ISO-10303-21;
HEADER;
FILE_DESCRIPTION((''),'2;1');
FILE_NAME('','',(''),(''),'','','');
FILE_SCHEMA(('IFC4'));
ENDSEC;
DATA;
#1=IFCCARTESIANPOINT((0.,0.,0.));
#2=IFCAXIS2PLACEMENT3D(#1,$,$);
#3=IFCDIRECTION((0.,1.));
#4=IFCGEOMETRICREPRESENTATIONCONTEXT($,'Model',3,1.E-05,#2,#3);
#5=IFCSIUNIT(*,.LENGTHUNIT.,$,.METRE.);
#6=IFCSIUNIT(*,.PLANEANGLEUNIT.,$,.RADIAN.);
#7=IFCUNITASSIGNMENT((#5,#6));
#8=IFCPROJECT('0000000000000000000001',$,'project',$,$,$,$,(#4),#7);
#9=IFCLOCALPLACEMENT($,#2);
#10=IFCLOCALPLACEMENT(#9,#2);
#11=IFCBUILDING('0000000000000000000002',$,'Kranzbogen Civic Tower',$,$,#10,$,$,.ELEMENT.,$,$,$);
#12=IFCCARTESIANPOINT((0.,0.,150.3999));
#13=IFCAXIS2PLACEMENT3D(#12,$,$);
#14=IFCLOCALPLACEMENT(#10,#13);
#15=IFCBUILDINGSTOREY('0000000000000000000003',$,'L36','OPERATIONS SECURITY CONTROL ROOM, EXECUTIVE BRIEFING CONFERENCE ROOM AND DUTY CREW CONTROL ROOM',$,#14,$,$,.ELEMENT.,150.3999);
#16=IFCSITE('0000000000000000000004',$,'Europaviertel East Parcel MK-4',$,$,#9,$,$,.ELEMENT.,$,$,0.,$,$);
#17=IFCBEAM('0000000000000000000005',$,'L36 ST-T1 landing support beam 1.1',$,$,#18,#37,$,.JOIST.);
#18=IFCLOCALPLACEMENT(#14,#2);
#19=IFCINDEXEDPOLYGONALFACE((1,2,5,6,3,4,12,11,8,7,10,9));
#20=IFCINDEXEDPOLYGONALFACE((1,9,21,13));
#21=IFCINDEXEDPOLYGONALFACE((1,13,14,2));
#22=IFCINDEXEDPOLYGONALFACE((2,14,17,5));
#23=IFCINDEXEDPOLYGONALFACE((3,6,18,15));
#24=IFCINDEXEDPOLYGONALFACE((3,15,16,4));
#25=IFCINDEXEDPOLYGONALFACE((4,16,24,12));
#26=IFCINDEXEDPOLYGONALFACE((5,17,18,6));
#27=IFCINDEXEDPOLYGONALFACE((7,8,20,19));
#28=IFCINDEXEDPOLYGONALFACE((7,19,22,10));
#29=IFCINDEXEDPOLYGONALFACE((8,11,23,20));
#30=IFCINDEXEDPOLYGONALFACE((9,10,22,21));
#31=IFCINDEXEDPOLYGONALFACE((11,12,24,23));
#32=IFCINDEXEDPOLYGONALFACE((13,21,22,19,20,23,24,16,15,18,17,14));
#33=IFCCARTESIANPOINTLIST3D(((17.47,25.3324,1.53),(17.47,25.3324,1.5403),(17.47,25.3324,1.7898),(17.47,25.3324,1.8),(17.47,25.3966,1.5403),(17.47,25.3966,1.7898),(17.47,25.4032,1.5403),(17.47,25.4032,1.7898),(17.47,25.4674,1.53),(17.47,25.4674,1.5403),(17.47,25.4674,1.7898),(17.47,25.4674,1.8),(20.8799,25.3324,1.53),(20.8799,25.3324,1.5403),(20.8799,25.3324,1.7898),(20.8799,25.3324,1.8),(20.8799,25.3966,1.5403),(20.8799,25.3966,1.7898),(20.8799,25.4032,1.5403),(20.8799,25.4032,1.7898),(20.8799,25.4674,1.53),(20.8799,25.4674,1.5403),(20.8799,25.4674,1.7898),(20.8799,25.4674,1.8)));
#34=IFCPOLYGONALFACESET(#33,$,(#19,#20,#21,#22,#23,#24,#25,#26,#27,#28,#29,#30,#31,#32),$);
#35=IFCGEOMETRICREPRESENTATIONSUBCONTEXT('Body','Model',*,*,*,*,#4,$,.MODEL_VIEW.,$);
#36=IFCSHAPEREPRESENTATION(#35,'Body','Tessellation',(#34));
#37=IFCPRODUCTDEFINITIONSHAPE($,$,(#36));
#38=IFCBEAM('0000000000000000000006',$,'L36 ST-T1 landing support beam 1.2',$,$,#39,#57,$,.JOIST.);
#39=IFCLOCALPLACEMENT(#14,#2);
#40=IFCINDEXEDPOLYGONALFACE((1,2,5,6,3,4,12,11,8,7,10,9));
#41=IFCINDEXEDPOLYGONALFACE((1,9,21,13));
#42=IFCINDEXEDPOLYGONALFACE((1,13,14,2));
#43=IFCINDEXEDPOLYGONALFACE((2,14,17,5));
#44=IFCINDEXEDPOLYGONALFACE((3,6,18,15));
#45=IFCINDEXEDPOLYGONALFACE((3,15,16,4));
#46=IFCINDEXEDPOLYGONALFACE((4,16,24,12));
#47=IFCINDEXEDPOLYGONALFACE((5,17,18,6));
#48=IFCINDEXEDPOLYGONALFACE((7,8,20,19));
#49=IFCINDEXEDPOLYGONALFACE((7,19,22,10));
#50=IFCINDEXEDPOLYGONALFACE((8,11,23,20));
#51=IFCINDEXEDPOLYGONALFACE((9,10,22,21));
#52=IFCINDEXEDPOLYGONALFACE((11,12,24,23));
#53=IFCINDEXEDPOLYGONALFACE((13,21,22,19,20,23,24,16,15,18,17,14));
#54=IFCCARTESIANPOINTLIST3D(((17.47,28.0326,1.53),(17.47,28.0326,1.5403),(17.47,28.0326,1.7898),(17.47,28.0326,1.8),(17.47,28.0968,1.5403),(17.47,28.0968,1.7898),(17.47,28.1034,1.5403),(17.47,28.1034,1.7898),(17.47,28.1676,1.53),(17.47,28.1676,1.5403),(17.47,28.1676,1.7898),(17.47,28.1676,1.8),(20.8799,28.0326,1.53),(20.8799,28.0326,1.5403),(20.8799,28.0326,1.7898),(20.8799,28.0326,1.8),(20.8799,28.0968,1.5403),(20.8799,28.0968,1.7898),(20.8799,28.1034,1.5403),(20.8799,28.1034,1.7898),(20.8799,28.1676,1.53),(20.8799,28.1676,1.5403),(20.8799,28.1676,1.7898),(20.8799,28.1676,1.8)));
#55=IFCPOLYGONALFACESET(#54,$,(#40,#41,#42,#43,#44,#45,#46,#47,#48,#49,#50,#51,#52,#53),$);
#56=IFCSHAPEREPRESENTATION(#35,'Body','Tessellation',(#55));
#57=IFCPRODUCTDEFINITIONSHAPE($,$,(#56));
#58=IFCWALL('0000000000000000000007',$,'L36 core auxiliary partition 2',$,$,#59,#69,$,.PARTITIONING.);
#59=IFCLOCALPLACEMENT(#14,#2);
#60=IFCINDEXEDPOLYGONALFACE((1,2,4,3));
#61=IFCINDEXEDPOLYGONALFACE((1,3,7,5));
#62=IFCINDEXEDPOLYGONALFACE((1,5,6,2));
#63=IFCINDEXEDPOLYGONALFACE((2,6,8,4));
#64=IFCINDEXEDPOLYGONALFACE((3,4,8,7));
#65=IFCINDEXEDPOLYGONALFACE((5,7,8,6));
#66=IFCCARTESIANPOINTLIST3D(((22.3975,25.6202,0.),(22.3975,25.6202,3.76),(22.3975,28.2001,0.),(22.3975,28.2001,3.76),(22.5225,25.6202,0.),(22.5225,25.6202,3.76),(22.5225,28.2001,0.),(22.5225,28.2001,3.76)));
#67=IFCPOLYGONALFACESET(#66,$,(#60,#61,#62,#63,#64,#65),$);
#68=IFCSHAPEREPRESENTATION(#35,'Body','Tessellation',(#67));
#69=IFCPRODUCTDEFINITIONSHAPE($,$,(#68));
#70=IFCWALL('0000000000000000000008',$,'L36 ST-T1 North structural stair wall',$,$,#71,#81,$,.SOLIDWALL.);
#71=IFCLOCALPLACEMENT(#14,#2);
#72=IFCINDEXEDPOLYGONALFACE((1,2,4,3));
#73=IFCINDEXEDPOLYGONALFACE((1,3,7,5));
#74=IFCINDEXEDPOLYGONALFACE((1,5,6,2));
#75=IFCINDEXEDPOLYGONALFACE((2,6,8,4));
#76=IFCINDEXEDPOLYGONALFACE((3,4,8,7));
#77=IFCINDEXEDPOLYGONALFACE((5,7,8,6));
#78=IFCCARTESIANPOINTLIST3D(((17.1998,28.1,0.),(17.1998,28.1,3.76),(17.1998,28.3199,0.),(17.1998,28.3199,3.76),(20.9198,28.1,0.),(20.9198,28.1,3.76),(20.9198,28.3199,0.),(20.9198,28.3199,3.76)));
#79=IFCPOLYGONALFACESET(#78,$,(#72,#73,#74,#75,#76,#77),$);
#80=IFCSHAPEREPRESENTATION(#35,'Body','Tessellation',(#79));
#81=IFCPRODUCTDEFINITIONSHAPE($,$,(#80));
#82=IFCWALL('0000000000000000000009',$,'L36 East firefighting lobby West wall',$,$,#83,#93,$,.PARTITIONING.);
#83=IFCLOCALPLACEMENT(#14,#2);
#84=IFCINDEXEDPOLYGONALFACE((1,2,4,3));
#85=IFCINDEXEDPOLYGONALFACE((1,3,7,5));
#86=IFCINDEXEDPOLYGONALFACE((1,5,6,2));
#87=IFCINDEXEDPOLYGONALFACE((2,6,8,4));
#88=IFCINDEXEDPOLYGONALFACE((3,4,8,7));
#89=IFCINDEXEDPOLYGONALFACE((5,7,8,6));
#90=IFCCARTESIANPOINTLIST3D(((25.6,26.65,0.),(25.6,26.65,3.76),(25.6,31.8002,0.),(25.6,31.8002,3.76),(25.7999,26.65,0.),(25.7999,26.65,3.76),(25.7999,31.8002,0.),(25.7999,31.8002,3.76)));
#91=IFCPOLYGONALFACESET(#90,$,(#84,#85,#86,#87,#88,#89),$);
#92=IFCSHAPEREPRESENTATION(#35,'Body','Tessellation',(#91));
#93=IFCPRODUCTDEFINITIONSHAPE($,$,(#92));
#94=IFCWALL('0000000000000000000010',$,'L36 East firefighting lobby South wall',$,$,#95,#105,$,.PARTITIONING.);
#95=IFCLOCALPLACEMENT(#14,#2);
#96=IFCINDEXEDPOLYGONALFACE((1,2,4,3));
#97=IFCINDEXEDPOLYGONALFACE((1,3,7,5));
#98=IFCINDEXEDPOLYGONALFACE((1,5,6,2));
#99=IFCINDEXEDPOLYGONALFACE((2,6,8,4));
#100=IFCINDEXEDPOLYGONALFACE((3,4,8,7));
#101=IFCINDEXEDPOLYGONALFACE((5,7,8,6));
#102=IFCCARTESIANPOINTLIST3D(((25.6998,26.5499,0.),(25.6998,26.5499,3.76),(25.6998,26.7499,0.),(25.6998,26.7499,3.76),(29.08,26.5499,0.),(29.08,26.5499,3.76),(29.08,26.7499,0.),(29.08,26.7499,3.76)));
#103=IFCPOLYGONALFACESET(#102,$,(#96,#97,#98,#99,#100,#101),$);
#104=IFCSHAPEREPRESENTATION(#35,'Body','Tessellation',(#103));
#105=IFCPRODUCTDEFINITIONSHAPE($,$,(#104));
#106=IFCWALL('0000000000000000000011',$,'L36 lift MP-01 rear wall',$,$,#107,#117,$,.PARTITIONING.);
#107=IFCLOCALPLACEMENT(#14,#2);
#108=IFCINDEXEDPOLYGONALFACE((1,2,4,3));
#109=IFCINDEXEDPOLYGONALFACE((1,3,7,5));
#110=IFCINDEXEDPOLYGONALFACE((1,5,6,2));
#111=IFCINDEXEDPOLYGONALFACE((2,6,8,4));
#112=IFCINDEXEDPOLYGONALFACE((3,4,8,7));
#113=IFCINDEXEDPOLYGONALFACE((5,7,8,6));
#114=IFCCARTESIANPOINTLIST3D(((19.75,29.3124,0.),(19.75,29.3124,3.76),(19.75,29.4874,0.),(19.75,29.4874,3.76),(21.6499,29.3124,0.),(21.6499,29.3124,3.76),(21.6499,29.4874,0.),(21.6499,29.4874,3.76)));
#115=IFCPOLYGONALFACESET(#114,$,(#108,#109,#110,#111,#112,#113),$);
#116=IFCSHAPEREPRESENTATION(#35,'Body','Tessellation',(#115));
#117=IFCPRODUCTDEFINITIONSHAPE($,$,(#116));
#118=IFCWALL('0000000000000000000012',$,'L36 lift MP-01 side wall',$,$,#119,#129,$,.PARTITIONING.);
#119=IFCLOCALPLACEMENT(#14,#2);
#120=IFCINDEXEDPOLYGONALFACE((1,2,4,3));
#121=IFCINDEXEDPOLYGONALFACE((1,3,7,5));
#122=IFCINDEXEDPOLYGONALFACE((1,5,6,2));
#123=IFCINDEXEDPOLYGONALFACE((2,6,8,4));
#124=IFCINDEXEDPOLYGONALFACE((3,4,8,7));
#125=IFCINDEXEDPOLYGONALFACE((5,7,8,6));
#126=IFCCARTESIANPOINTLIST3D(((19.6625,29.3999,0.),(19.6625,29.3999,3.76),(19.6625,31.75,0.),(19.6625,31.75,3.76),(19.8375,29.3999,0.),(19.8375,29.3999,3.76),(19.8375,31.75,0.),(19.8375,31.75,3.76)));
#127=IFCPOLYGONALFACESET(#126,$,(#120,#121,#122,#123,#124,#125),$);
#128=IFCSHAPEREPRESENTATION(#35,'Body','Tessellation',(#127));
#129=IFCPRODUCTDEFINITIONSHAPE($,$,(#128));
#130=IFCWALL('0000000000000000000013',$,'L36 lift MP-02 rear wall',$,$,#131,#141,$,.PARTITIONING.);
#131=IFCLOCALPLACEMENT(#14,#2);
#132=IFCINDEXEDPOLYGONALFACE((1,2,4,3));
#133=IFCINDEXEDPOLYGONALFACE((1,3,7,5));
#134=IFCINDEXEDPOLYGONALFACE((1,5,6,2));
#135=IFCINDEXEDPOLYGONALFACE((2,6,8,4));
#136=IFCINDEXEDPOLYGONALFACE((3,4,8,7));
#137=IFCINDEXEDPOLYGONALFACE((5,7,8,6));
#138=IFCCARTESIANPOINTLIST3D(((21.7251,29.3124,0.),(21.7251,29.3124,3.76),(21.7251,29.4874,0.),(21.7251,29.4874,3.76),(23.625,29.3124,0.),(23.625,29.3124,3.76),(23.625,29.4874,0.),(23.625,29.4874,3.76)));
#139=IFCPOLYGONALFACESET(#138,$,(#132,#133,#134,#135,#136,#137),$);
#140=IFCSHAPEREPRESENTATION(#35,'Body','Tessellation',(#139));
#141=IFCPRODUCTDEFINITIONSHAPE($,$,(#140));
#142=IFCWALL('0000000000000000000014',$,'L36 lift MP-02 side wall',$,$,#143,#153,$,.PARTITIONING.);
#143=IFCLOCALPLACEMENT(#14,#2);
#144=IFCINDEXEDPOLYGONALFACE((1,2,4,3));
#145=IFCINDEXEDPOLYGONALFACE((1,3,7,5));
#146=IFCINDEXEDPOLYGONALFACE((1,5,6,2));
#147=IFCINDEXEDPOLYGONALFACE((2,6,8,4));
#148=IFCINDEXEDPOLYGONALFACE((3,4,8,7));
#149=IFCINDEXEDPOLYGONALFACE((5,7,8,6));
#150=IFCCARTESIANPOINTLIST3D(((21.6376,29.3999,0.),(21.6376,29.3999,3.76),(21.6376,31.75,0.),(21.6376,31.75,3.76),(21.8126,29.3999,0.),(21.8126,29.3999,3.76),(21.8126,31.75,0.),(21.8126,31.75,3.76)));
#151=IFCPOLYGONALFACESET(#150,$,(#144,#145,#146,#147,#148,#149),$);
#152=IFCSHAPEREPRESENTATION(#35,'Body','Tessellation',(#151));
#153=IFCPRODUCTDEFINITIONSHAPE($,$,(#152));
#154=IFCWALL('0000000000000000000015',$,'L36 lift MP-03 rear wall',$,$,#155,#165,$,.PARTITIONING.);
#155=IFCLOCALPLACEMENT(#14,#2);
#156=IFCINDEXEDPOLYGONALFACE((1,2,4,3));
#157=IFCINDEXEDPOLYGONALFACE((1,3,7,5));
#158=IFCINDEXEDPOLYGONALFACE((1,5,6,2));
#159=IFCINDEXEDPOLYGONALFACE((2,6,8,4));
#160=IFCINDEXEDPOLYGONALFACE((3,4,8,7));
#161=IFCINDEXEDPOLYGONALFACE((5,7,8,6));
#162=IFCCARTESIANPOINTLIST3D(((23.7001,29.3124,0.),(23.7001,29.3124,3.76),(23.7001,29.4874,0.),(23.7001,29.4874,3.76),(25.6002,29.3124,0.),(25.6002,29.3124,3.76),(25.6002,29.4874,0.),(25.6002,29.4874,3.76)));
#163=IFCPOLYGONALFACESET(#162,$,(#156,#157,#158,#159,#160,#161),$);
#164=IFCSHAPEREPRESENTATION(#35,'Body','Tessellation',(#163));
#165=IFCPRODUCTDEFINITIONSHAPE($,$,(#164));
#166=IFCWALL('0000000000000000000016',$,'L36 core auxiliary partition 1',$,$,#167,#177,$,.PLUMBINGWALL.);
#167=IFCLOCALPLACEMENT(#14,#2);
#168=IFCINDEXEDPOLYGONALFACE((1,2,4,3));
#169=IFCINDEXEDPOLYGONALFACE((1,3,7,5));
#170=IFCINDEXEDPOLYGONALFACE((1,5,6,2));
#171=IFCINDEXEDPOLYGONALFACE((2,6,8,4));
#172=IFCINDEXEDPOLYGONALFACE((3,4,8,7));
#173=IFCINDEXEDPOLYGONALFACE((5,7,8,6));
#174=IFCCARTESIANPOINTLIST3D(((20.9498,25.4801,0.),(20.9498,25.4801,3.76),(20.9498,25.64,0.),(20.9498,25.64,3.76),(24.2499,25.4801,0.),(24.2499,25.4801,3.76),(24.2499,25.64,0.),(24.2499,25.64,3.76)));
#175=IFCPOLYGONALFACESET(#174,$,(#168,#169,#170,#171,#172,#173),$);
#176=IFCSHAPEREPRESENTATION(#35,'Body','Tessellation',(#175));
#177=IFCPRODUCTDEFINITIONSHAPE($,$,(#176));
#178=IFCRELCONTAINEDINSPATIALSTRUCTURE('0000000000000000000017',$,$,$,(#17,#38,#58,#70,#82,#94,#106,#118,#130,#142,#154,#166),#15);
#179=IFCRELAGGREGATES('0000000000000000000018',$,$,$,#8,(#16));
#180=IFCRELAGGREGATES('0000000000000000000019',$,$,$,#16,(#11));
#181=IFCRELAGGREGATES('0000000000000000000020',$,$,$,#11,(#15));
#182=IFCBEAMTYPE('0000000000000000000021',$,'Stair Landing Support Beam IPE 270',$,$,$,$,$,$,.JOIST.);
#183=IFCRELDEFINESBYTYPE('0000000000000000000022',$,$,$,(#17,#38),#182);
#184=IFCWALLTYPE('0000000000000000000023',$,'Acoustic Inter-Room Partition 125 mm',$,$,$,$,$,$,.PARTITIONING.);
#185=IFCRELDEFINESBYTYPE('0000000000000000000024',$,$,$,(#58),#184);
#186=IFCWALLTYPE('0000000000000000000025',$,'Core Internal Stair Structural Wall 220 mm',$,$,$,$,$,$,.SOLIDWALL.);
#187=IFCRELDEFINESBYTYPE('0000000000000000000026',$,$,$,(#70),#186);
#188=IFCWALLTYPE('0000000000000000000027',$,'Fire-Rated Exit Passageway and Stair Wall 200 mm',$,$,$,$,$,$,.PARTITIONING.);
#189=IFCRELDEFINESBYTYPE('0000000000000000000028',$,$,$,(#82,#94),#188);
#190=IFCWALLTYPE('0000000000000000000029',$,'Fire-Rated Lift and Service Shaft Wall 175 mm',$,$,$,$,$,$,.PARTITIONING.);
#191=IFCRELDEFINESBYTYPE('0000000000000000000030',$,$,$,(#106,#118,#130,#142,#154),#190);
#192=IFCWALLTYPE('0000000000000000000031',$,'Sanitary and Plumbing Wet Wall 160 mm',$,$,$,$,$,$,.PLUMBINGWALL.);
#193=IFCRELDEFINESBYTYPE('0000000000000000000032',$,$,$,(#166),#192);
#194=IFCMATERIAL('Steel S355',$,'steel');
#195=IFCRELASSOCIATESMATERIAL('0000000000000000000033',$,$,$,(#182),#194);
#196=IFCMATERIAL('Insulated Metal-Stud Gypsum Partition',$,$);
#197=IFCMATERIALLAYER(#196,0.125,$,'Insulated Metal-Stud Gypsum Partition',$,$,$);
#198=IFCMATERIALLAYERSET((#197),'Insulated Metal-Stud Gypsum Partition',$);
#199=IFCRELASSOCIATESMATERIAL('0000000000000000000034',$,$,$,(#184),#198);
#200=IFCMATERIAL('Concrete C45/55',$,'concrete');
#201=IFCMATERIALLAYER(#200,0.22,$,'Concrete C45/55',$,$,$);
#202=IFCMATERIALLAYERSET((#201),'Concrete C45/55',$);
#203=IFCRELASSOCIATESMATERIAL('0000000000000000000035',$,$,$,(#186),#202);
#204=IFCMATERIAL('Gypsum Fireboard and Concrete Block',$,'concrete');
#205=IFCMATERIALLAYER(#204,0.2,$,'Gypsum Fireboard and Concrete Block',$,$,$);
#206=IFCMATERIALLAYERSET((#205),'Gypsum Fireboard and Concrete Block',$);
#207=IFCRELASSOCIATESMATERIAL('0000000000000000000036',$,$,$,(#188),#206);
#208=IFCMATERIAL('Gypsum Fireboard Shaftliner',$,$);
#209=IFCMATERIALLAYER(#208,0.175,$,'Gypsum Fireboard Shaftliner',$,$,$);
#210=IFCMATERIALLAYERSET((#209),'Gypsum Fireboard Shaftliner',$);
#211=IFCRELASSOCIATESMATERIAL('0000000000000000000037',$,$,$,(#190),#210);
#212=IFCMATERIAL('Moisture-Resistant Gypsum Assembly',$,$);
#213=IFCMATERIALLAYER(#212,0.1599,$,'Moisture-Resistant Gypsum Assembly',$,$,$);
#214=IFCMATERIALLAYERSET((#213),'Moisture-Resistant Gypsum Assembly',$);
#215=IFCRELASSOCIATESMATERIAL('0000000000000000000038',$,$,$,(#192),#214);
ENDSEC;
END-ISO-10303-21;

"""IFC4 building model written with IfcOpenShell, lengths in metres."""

from ifc_helpers import new_model, si_unit, direction, frame, frame_2d, origin, origin_2d, place, context, subcontext, project, spatial, rectangle, i_section, extrude, material, layer, layer_set, material_profile, profile_set, type_object, element, save


model = new_model("IFC4")

# Units and contexts
model_context = context("Model", 3, precision=1e-05, world=origin(), true_north=direction((0.0, 1.0)))
body_context = subcontext(model_context, "Body", "Model", "MODEL_VIEW")
ifc_project = project(units=[si_unit("LENGTHUNIT", "METRE"), si_unit("PLANEANGLEUNIT", "RADIAN")], contexts=[model_context])

# Site, building, storey
site_placement = place(None, origin())
site = spatial("IfcSite", under=ifc_project, at=site_placement, Name="Europaviertel East Parcel MK-4", CompositionType="ELEMENT", RefElevation=0.0)
building_placement = place(site_placement, origin())
building = spatial("IfcBuilding", under=site, at=building_placement, Name="Kranzbogen Civic Tower", CompositionType="ELEMENT")
storey_placement = place(building_placement, frame((0.0, 0.0, 150.3999)))
storey = spatial("IfcBuildingStorey", under=building, at=storey_placement, Name="L36", Description="OPERATIONS SECURITY CONTROL ROOM, EXECUTIVE BRIEFING CONFERENCE ROOM AND DUTY CREW CONTROL ROOM", CompositionType="ELEMENT", Elevation=150.3999)

# Beams
ifc_material_1 = material(Name="Steel S355", Category="steel")
ifc_material_profile = material_profile(ifc_material_1, i_section(OverallWidth=0.135, OverallDepth=0.27, WebThickness=0.0066, FlangeThickness=0.0103, at=origin_2d()), Name="IPE 270")
ifc_profile_set = profile_set([ifc_material_profile], Name="Steel S355")
beam_type = type_object("IfcBeamType", Name="Stair Landing Support Beam IPE 270", PredefinedType="JOIST", material=ifc_profile_set)
for number, where, z_axis, x_axis, name in (
    (1, (20.8799, 25.3999, 1.665), (-1.0, 0.0, 0.0), (0.0, -1.0, 0.0), "L36 ST-T1 landing support beam 1.1"),
    (2, (20.8799, 28.1001, 1.665), (-1.0, 0.0, 0.0), (0.0, -1.0, 0.0), "L36 ST-T1 landing support beam 1.2"),
):
    element("IfcBeam", number, at=place(storey_placement, frame(where, z_axis=z_axis, x_axis=x_axis)), inside=storey, type_object=beam_type, Name=name, PredefinedType="JOIST", context=body_context, shape_type="SweptSolid", body=[
        extrude(i_section(OverallWidth=0.135, OverallDepth=0.27, WebThickness=0.0066, FlangeThickness=0.0103, at=origin_2d()), origin(), (0.0, 0.0, 1.0), 3.4099),
    ])

# Shared definitions
ifc_material_2 = material(Name="Insulated Metal-Stud Gypsum Partition")
ifc_layer_1 = layer(ifc_material_2, 0.125, Name="Insulated Metal-Stud Gypsum Partition")
ifc_layer_set_1 = layer_set([ifc_layer_1], Name="Insulated Metal-Stud Gypsum Partition")
wall_type_1 = type_object("IfcWallType", Name="Acoustic Inter-Room Partition 125 mm", PredefinedType="PARTITIONING", material=ifc_layer_set_1)

# Walls
wall_1_placement = place(storey_placement, frame((22.46, 25.6201, 0.0), z_axis=(0.0, 0.0, 1.0), x_axis=(0.0, 1.0, 0.0)))
element("IfcWall", 3, at=wall_1_placement, inside=storey, type_object=wall_type_1, Name="L36 core auxiliary partition 2", PredefinedType="PARTITIONING", context=body_context, shape_type="SweptSolid", body=[
    extrude(rectangle(XDim=2.5798, YDim=0.125, at=frame_2d((1.29, 0.0))), origin(), (0.0, 0.0, 1.0), 3.76),
])
ifc_material_3 = material(Name="Concrete C45/55", Category="concrete")
ifc_layer_2 = layer(ifc_material_3, 0.22, Name="Concrete C45/55")
ifc_layer_set_2 = layer_set([ifc_layer_2], Name="Concrete C45/55")
wall_type_2 = type_object("IfcWallType", Name="Core Internal Stair Structural Wall 220 mm", PredefinedType="SOLIDWALL", material=ifc_layer_set_2)
wall_2_placement = place(storey_placement, frame((17.2, 28.21, 0.0), z_axis=(0.0, 0.0, 1.0), x_axis=(1.0, 0.0, 0.0)))
element("IfcWall", 4, at=wall_2_placement, inside=storey, type_object=wall_type_2, Name="L36 ST-T1 North structural stair wall", PredefinedType="SOLIDWALL", context=body_context, shape_type="SweptSolid", body=[
    extrude(rectangle(XDim=3.72, YDim=0.22, at=frame_2d((1.8599, 0.0))), origin(), (0.0, 0.0, 1.0), 3.76),
])
ifc_material_4 = material(Name="Gypsum Fireboard and Concrete Block", Category="concrete")
ifc_layer_3 = layer(ifc_material_4, 0.2, Name="Gypsum Fireboard and Concrete Block")
ifc_layer_set_3 = layer_set([ifc_layer_3], Name="Gypsum Fireboard and Concrete Block")
wall_type_3 = type_object("IfcWallType", Name="Fire-Rated Exit Passageway and Stair Wall 200 mm", PredefinedType="PARTITIONING", material=ifc_layer_set_3)
wall_3_placement = place(storey_placement, frame((25.7, 26.6499, 0.0), z_axis=(0.0, 0.0, 1.0), x_axis=(0.0, 1.0, 0.0)))
element("IfcWall", 5, at=wall_3_placement, inside=storey, type_object=wall_type_3, Name="L36 East firefighting lobby West wall", PredefinedType="PARTITIONING", context=body_context, shape_type="SweptSolid", body=[
    extrude(rectangle(XDim=5.1501, YDim=0.2, at=frame_2d((2.5752, 0.0))), origin(), (0.0, 0.0, 1.0), 3.76),
])
wall_4_placement = place(storey_placement, frame((25.7, 26.6499, 0.0), z_axis=(0.0, 0.0, 1.0), x_axis=(1.0, 0.0, 0.0)))
element("IfcWall", 6, at=wall_4_placement, inside=storey, type_object=wall_type_3, Name="L36 East firefighting lobby South wall", PredefinedType="PARTITIONING", context=body_context, shape_type="SweptSolid", body=[
    extrude(rectangle(XDim=3.3801, YDim=0.2, at=frame_2d((1.6899, 0.0))), origin(), (0.0, 0.0, 1.0), 3.76),
])
ifc_material_5 = material(Name="Gypsum Fireboard Shaftliner")
ifc_layer_4 = layer(ifc_material_5, 0.175, Name="Gypsum Fireboard Shaftliner")
ifc_layer_set_4 = layer_set([ifc_layer_4], Name="Gypsum Fireboard Shaftliner")
wall_type_4 = type_object("IfcWallType", Name="Fire-Rated Lift and Service Shaft Wall 175 mm", PredefinedType="PARTITIONING", material=ifc_layer_set_4)
wall_5_placement = place(storey_placement, frame((19.75, 29.3999, 0.0), z_axis=(0.0, 0.0, 1.0), x_axis=(1.0, 0.0, 0.0)))
element("IfcWall", 7, at=wall_5_placement, inside=storey, type_object=wall_type_4, Name="L36 lift MP-01 rear wall", PredefinedType="PARTITIONING", context=body_context, shape_type="SweptSolid", body=[
    extrude(rectangle(XDim=1.8999, YDim=0.175, at=frame_2d((0.95, 0.0))), origin(), (0.0, 0.0, 1.0), 3.76),
])
wall_6_placement = place(storey_placement, frame((19.75, 29.3999, 0.0), z_axis=(0.0, 0.0, 1.0), x_axis=(0.0, 1.0, 0.0)))
element("IfcWall", 8, at=wall_6_placement, inside=storey, type_object=wall_type_4, Name="L36 lift MP-01 side wall", PredefinedType="PARTITIONING", context=body_context, shape_type="SweptSolid", body=[
    extrude(rectangle(XDim=2.3501, YDim=0.175, at=frame_2d((1.175, 0.0))), origin(), (0.0, 0.0, 1.0), 3.76),
])
wall_7_placement = place(storey_placement, frame((21.7251, 29.3999, 0.0), z_axis=(0.0, 0.0, 1.0), x_axis=(1.0, 0.0, 0.0)))
element("IfcWall", 9, at=wall_7_placement, inside=storey, type_object=wall_type_4, Name="L36 lift MP-02 rear wall", PredefinedType="PARTITIONING", context=body_context, shape_type="SweptSolid", body=[
    extrude(rectangle(XDim=1.8999, YDim=0.175, at=frame_2d((0.95, 0.0))), origin(), (0.0, 0.0, 1.0), 3.76),
])
wall_8_placement = place(storey_placement, frame((21.7251, 29.3999, 0.0), z_axis=(0.0, 0.0, 1.0), x_axis=(0.0, 1.0, 0.0)))
element("IfcWall", 10, at=wall_8_placement, inside=storey, type_object=wall_type_4, Name="L36 lift MP-02 side wall", PredefinedType="PARTITIONING", context=body_context, shape_type="SweptSolid", body=[
    extrude(rectangle(XDim=2.3501, YDim=0.175, at=frame_2d((1.175, 0.0))), origin(), (0.0, 0.0, 1.0), 3.76),
])
wall_9_placement = place(storey_placement, frame((23.7, 29.3999, 0.0), z_axis=(0.0, 0.0, 1.0), x_axis=(1.0, 0.0, 0.0)))
element("IfcWall", 11, at=wall_9_placement, inside=storey, type_object=wall_type_4, Name="L36 lift MP-03 rear wall", PredefinedType="PARTITIONING", context=body_context, shape_type="SweptSolid", body=[
    extrude(rectangle(XDim=1.9001, YDim=0.175, at=frame_2d((0.9502, 0.0))), origin(), (0.0, 0.0, 1.0), 3.76),
])
ifc_material_6 = material(Name="Moisture-Resistant Gypsum Assembly")
ifc_layer_5 = layer(ifc_material_6, 0.1599, Name="Moisture-Resistant Gypsum Assembly")
ifc_layer_set_5 = layer_set([ifc_layer_5], Name="Moisture-Resistant Gypsum Assembly")
wall_type_5 = type_object("IfcWallType", Name="Sanitary and Plumbing Wet Wall 160 mm", PredefinedType="PLUMBINGWALL", material=ifc_layer_set_5)
wall_10_placement = place(storey_placement, frame((20.95, 25.5601, 0.0), z_axis=(0.0, 0.0, 1.0), x_axis=(1.0, 0.0, 0.0)))
element("IfcWall", 12, at=wall_10_placement, inside=storey, type_object=wall_type_5, Name="L36 core auxiliary partition 1", PredefinedType="PLUMBINGWALL", context=body_context, shape_type="SweptSolid", body=[
    extrude(rectangle(XDim=3.3, YDim=0.1599, at=frame_2d((1.6499, 0.0))), origin(), (0.0, 0.0, 1.0), 3.76),
])

save(model, "model.ifc")
